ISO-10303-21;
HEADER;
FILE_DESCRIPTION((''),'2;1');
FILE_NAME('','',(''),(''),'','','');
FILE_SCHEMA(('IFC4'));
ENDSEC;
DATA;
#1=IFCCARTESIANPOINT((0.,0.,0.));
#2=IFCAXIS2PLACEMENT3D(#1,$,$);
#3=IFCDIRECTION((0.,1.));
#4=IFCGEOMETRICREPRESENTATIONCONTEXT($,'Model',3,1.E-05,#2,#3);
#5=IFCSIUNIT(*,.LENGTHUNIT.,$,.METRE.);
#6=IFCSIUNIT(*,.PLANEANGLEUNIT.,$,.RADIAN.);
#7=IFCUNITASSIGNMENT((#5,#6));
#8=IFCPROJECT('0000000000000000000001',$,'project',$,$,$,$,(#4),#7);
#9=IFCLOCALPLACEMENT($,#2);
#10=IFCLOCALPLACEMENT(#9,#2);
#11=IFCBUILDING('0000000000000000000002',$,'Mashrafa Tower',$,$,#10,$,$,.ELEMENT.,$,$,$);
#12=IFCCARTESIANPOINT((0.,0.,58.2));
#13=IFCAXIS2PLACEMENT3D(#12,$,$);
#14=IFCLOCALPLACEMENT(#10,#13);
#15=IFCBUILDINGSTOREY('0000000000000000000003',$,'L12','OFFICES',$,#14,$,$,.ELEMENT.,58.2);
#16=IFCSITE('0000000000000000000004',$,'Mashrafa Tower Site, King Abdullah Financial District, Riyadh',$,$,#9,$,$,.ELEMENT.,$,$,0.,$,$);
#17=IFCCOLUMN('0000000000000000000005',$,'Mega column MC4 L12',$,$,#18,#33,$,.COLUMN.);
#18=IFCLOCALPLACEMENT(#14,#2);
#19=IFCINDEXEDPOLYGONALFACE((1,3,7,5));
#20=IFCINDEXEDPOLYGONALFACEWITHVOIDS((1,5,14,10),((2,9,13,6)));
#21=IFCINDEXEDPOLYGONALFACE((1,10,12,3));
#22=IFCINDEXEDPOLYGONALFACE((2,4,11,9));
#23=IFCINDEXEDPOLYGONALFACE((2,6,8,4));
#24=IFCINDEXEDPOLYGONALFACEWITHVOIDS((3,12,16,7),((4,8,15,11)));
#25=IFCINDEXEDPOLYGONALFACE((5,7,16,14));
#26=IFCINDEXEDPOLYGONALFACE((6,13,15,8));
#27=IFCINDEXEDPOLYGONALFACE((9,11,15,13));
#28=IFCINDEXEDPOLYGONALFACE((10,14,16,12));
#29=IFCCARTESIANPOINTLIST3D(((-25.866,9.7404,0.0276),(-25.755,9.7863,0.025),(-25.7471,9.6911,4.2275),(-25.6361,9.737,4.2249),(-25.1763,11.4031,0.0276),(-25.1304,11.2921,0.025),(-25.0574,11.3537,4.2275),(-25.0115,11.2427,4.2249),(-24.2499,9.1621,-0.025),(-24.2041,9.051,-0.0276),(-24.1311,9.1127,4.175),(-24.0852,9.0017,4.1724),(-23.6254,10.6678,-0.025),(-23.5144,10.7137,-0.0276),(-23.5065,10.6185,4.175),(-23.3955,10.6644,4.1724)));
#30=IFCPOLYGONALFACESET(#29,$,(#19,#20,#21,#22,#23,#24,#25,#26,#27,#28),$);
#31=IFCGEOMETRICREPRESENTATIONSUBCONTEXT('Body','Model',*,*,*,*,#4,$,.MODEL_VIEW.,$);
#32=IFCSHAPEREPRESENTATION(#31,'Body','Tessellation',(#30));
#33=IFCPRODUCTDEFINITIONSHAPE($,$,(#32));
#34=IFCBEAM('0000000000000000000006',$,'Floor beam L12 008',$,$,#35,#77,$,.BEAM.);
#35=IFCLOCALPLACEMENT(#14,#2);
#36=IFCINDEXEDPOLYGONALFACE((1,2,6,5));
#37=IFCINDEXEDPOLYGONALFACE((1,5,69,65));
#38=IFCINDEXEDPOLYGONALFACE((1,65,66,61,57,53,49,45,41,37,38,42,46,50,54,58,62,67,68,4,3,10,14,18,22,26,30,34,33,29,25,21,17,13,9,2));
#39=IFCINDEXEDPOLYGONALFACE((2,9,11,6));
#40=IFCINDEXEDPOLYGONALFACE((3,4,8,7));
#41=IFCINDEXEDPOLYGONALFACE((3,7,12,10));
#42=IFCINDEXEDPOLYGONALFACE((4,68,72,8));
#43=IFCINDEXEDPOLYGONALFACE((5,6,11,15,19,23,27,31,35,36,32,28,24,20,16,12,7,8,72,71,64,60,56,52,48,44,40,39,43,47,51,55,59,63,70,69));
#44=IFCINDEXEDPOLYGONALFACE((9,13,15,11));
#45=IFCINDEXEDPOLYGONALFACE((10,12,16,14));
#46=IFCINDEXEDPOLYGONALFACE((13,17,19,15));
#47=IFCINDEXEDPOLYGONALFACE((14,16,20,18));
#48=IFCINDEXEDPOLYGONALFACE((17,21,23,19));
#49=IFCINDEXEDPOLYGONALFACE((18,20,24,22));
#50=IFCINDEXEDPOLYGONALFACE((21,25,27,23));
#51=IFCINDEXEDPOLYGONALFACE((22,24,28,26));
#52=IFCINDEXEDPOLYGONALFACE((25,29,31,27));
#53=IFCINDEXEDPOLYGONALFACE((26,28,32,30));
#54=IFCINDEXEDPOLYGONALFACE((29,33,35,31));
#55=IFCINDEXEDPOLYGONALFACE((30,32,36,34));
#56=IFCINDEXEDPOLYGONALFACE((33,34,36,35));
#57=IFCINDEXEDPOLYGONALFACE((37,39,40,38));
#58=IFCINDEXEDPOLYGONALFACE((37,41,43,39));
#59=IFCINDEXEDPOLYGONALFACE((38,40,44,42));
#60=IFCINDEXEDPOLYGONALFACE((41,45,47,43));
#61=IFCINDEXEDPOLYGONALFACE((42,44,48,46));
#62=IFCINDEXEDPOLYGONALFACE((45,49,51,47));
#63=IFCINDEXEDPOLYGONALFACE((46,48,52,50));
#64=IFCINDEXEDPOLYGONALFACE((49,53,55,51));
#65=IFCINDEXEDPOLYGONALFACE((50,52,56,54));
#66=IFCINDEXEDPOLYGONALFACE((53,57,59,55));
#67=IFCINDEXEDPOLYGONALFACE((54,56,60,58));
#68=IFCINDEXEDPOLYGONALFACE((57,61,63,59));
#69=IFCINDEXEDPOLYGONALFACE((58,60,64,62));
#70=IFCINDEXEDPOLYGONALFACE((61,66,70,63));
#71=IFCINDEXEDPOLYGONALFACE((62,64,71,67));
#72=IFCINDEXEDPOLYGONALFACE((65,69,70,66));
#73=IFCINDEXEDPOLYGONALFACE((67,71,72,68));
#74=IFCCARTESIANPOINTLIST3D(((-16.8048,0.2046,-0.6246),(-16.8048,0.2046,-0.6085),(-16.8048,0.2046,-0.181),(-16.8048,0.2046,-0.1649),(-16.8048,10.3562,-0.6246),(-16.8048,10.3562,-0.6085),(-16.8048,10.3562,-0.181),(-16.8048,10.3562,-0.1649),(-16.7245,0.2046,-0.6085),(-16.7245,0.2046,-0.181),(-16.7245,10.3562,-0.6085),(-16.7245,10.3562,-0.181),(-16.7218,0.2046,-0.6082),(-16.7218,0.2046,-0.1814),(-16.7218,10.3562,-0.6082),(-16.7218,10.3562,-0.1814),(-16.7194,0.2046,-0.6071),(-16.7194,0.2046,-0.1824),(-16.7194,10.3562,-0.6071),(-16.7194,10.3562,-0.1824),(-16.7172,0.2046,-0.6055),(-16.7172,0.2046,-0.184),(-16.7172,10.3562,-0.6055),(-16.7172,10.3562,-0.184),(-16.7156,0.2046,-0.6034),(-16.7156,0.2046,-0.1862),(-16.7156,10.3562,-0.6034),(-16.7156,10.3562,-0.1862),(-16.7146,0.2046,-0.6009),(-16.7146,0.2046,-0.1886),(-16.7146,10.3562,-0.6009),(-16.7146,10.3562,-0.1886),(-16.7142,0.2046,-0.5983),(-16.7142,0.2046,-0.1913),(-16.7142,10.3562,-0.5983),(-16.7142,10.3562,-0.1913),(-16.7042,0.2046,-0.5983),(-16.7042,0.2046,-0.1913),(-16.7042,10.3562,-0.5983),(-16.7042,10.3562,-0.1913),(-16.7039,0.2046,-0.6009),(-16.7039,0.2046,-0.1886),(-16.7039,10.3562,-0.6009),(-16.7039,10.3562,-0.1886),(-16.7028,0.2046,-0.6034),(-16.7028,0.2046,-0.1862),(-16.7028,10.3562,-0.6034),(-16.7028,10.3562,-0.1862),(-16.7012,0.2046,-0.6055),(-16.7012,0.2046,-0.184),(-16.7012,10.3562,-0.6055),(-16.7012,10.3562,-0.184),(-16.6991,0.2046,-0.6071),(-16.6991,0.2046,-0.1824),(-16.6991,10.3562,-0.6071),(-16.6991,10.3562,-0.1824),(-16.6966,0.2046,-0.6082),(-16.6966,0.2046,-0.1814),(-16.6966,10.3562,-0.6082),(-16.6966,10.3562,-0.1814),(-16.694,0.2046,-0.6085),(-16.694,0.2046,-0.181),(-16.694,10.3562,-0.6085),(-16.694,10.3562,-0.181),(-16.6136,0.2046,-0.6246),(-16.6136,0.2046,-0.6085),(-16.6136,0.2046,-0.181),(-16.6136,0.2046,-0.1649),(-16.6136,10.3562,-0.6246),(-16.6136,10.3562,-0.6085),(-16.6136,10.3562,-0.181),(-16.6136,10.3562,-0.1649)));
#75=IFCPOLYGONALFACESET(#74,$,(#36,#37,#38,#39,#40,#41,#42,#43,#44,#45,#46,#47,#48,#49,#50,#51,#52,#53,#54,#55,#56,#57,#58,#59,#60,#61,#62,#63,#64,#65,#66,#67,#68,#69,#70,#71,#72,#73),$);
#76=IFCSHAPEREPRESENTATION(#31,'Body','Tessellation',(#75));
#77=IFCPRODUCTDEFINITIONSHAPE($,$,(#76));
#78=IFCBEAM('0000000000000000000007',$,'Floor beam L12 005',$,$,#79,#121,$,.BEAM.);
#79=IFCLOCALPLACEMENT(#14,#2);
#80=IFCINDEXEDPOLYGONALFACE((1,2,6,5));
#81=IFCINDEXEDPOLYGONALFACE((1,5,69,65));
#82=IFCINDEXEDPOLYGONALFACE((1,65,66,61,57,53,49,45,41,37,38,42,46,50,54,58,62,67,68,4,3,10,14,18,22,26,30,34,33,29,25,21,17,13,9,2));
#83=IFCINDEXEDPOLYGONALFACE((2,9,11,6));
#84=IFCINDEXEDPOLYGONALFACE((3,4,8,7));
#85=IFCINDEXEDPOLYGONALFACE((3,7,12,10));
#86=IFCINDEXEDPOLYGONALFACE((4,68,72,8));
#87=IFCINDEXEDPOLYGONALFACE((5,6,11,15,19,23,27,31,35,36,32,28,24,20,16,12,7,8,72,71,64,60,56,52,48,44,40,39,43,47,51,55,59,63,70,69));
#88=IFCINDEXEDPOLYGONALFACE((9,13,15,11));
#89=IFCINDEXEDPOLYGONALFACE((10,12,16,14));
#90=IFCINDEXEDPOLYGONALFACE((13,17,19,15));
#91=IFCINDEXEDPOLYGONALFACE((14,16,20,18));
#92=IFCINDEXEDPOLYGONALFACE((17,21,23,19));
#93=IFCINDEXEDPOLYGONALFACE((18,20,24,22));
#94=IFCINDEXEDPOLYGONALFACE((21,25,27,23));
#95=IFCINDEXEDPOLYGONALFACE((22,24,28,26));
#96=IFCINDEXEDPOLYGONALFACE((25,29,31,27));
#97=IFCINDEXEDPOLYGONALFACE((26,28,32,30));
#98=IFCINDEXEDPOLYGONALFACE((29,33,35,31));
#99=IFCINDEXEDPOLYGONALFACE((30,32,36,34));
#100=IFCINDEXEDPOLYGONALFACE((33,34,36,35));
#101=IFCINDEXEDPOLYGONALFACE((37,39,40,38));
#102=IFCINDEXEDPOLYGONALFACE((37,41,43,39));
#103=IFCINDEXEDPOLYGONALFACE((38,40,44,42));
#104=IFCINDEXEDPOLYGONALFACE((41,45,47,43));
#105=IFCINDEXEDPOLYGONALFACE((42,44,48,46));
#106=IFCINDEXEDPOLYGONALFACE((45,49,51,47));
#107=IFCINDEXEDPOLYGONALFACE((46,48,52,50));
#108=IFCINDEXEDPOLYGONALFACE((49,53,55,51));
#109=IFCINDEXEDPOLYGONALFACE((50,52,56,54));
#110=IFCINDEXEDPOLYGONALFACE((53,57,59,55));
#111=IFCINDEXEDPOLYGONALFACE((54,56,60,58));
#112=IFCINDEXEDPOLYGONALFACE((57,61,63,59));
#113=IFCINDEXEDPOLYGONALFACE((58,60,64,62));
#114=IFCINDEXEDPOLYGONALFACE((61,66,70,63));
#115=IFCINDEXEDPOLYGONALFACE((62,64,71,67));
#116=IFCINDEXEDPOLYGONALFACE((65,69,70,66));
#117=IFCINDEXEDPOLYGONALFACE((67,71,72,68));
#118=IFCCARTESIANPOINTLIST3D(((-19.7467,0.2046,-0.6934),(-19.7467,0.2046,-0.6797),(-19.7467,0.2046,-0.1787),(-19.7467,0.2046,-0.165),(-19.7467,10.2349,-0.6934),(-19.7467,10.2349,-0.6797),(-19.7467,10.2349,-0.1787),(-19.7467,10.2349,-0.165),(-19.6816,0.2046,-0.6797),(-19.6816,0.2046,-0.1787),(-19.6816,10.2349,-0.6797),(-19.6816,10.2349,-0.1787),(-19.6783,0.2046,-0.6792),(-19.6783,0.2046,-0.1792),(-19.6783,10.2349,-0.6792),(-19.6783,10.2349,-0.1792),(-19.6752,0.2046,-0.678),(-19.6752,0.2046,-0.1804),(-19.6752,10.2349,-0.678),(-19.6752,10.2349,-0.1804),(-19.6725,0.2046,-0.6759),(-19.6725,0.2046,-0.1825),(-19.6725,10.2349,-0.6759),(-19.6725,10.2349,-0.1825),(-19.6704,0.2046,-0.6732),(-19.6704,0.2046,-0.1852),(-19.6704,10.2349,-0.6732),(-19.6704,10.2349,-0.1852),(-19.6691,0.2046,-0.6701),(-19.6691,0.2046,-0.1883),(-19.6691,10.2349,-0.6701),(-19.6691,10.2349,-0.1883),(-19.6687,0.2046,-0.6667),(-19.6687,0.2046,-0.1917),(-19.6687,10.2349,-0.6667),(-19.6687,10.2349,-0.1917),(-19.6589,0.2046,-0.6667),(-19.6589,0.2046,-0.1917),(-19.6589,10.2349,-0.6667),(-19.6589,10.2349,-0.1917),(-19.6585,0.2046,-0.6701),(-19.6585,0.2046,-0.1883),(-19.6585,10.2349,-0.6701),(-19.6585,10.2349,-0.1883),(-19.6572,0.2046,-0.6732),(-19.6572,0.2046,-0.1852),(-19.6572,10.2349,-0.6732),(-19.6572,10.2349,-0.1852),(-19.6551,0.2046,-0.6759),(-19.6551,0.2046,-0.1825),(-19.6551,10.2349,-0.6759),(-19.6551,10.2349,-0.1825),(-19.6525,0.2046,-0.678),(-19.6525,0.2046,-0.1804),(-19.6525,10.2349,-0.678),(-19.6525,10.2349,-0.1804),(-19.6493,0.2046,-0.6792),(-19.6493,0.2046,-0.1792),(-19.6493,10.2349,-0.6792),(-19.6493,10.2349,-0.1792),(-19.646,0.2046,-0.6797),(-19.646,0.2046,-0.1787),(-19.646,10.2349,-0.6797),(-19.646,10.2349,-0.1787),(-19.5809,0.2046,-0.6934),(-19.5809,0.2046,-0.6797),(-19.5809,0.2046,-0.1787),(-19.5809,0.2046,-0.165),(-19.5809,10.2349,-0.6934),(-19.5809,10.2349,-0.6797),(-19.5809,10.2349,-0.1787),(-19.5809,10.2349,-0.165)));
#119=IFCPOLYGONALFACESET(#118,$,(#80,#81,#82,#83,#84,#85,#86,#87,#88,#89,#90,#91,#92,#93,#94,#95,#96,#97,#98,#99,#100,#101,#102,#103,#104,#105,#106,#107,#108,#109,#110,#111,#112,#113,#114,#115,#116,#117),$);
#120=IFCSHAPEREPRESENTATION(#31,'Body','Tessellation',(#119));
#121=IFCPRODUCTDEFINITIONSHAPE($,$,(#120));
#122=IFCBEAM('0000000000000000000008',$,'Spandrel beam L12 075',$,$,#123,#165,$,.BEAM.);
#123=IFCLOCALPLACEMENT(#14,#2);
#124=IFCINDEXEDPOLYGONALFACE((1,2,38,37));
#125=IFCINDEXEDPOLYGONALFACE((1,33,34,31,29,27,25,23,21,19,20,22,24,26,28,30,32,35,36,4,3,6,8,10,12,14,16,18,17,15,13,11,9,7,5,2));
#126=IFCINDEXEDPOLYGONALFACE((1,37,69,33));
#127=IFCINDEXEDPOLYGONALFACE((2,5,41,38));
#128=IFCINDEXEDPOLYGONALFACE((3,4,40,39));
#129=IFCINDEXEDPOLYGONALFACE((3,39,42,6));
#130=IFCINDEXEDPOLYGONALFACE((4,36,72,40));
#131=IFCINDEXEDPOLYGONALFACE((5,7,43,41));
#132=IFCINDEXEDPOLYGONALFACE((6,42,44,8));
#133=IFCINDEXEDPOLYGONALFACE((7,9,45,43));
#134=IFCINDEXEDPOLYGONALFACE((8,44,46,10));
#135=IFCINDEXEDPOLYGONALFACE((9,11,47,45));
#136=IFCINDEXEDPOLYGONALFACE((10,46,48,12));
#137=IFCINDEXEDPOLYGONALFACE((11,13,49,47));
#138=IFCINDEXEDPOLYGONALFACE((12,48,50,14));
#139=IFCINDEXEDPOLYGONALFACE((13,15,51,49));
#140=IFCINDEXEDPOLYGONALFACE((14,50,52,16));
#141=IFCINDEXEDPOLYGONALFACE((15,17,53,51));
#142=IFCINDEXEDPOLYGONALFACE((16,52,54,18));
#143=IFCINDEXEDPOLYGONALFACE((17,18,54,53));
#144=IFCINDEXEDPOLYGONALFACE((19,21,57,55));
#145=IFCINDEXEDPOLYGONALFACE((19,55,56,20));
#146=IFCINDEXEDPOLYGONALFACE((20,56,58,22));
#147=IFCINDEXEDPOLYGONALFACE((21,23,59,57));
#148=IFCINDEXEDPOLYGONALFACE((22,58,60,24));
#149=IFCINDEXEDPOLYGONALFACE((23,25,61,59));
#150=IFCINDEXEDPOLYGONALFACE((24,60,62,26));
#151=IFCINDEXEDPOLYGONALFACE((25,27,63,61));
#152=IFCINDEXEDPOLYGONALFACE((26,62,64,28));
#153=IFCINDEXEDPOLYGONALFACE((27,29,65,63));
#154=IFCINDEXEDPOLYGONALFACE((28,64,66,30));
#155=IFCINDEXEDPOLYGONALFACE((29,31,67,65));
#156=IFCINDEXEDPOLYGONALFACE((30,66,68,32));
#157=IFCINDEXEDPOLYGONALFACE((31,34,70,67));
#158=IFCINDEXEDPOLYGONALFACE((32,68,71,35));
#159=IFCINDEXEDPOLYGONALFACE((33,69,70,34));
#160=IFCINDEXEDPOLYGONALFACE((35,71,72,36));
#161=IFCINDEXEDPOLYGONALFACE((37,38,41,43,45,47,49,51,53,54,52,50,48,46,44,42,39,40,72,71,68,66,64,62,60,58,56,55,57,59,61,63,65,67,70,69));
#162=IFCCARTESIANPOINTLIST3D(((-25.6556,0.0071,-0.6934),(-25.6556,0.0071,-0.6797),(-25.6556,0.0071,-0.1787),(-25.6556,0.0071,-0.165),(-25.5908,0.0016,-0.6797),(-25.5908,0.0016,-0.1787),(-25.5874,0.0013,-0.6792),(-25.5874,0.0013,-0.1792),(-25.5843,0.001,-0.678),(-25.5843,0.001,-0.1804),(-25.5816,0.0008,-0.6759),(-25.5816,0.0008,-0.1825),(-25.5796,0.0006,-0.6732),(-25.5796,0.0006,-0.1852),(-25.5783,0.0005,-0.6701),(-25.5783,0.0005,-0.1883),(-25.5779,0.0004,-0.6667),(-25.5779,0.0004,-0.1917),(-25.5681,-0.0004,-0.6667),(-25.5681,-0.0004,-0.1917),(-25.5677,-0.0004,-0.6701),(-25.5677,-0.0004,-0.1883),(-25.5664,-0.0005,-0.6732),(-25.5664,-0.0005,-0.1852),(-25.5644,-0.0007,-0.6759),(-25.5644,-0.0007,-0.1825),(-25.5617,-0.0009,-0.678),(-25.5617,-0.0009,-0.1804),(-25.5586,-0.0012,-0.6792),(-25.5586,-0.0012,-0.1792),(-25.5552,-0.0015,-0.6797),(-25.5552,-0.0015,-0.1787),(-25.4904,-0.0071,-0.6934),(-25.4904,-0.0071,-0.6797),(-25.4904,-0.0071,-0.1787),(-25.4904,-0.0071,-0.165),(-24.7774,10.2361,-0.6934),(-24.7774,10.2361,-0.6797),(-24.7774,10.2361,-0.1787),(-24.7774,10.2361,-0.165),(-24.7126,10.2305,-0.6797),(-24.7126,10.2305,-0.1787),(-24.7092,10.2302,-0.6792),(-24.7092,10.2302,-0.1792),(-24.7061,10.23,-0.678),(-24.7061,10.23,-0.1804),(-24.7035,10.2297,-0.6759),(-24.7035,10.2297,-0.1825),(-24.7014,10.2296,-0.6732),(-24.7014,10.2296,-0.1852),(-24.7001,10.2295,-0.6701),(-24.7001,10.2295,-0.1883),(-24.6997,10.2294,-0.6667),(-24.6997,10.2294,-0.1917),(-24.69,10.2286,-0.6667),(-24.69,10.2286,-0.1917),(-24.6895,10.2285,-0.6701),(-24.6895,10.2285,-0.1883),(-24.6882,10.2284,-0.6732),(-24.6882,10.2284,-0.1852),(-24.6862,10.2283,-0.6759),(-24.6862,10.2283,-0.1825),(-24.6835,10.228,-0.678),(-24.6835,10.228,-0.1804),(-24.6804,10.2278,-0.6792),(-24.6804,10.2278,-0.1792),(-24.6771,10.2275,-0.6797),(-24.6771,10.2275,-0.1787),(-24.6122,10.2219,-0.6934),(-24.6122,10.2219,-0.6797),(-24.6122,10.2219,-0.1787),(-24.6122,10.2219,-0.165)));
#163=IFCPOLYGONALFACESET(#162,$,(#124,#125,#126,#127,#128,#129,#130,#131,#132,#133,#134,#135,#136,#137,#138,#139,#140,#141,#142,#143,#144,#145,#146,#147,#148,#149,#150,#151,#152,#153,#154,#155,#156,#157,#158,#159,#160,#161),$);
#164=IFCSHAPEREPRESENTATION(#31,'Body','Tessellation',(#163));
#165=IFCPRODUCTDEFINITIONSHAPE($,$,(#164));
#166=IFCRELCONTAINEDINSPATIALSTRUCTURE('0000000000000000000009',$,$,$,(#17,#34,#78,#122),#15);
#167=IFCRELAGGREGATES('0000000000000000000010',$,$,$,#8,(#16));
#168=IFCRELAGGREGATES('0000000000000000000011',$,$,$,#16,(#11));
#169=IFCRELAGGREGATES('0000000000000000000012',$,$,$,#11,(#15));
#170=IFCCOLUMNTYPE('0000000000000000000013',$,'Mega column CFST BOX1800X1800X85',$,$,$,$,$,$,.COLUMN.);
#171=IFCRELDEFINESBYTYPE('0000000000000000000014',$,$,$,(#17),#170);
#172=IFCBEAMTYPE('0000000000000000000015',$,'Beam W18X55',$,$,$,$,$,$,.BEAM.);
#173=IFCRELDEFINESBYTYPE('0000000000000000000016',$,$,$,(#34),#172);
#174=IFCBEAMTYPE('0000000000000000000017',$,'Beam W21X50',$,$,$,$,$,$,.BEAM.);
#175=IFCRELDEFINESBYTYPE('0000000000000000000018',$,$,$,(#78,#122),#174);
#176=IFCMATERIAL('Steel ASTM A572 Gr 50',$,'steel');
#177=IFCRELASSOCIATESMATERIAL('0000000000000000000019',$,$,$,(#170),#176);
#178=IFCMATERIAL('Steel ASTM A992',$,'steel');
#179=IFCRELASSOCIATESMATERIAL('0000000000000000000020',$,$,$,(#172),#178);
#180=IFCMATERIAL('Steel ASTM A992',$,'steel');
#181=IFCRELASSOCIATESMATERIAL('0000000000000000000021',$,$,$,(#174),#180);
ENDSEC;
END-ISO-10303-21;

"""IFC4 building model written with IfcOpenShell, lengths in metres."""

from ifc_helpers import new_model, si_unit, direction, frame, origin, origin_2d, place, context, subcontext, project, spatial, hollow_rectangle, i_section, extrude, material, material_profile, profile_set, type_object, element, save


model = new_model("IFC4")

# Units and contexts
model_context = context("Model", 3, precision=1e-05, world=origin(), true_north=direction((0.0, 1.0)))
body_context = subcontext(model_context, "Body", "Model", "MODEL_VIEW")
ifc_project = project(units=[si_unit("LENGTHUNIT", "METRE"), si_unit("PLANEANGLEUNIT", "RADIAN")], contexts=[model_context])

# Site, building, storey
site_placement = place(None, origin())
site = spatial("IfcSite", under=ifc_project, at=site_placement, Name="Mashrafa Tower Site, King Abdullah Financial District, Riyadh", CompositionType="ELEMENT", RefElevation=0.0)
building_placement = place(site_placement, origin())
building = spatial("IfcBuilding", under=site, at=building_placement, Name="Mashrafa Tower", CompositionType="ELEMENT")
storey_placement = place(building_placement, frame((0.0, 0.0, 58.2)))
storey = spatial("IfcBuildingStorey", under=building, at=storey_placement, Name="L12", Description="OFFICES", CompositionType="ELEMENT", Elevation=58.2)

# Column
ifc_material_1 = material(Name="Steel ASTM A572 Gr 50", Category="steel")
ifc_material_profile_1 = material_profile(ifc_material_1, hollow_rectangle(XDim=1.8, YDim=1.8, WallThickness=0.085, at=origin_2d()), Name="BOX1800X1800X85")
ifc_profile_set_1 = profile_set([ifc_material_profile_1], Name="Steel ASTM A572 Gr 50")
column_type = type_object("IfcColumnType", Name="Mega column CFST BOX1800X1800X85", PredefinedType="COLUMN", material=ifc_profile_set_1)
column_placement = place(storey_placement, frame((-24.6902, 10.2271, 0.0), z_axis=(0.028296, -0.011737, 0.999531), x_axis=(0.383133, 0.923693, 0.0)))
element("IfcColumn", 1, at=column_placement, inside=storey, type_object=column_type, Name="Mega column MC4 L12", PredefinedType="COLUMN", context=body_context, shape_type="SweptSolid", body=[
    extrude(hollow_rectangle(XDim=1.8, YDim=1.8, WallThickness=0.085, at=origin_2d()), origin(), (0.0, 0.0, 1.0), 4.2019),
])

# Beams
ifc_material_2 = material(Name="Steel ASTM A992", Category="steel")
ifc_material_profile_2 = material_profile(ifc_material_2, i_section(OverallWidth=0.1912, OverallDepth=0.4597, WebThickness=0.01, FlangeThickness=0.0161, FilletRadius=0.0103, at=origin_2d()), Name="W18X55")
ifc_profile_set_2 = profile_set([ifc_material_profile_2], Name="Steel ASTM A992")
beam_type_1 = type_object("IfcBeamType", Name="Beam W18X55", PredefinedType="BEAM", material=ifc_profile_set_2)
beam_1_placement = place(storey_placement, frame((-16.7092, 0.2046, -0.3948), z_axis=(0.0, 1.0, 0.0), x_axis=(-1.0, 0.0, 0.0)))
element("IfcBeam", 2, at=beam_1_placement, inside=storey, type_object=beam_type_1, Name="Floor beam L12 008", PredefinedType="BEAM", context=body_context, shape_type="SweptSolid", body=[
    extrude(i_section(OverallWidth=0.1912, OverallDepth=0.4597, WebThickness=0.01, FlangeThickness=0.0161, FilletRadius=0.0103, at=origin_2d()), origin(), (0.0, 0.0, 1.0), 10.1516),
])
ifc_material_3 = material(Name="Steel ASTM A992", Category="steel")
ifc_material_profile_3 = material_profile(ifc_material_3, i_section(OverallWidth=0.1658, OverallDepth=0.5283, WebThickness=0.0098, FlangeThickness=0.0137, FilletRadius=0.0129, at=origin_2d()), Name="W21X50")
ifc_profile_set_3 = profile_set([ifc_material_profile_3], Name="Steel ASTM A992")
beam_type_2 = type_object("IfcBeamType", Name="Beam W21X50", PredefinedType="BEAM", material=ifc_profile_set_3)
beam_2_placement = place(storey_placement, frame((-19.6638, 0.2046, -0.4292), z_axis=(0.0, 1.0, 0.0), x_axis=(-1.0, 0.0, 0.0)))
element("IfcBeam", 3, at=beam_2_placement, inside=storey, type_object=beam_type_2, Name="Floor beam L12 005", PredefinedType="BEAM", context=body_context, shape_type="SweptSolid", body=[
    extrude(i_section(OverallWidth=0.1658, OverallDepth=0.5283, WebThickness=0.0098, FlangeThickness=0.0137, FilletRadius=0.0129, at=origin_2d()), origin(), (0.0, 0.0, 1.0), 10.0303),
])
beam_3_placement = place(storey_placement, frame((-24.6948, 10.229, -0.4292), z_axis=(-0.085537, -0.996335, 0.0), x_axis=(0.996335, -0.085537, 0.0)))
element("IfcBeam", 4, at=beam_3_placement, inside=storey, type_object=beam_type_2, Name="Spandrel beam L12 075", PredefinedType="BEAM", context=body_context, shape_type="SweptSolid", body=[
    extrude(i_section(OverallWidth=0.1658, OverallDepth=0.5283, WebThickness=0.0098, FlangeThickness=0.0137, FilletRadius=0.0129, at=origin_2d()), origin(), (0.0, 0.0, 1.0), 10.2666),
])

save(model, "model.ifc")
